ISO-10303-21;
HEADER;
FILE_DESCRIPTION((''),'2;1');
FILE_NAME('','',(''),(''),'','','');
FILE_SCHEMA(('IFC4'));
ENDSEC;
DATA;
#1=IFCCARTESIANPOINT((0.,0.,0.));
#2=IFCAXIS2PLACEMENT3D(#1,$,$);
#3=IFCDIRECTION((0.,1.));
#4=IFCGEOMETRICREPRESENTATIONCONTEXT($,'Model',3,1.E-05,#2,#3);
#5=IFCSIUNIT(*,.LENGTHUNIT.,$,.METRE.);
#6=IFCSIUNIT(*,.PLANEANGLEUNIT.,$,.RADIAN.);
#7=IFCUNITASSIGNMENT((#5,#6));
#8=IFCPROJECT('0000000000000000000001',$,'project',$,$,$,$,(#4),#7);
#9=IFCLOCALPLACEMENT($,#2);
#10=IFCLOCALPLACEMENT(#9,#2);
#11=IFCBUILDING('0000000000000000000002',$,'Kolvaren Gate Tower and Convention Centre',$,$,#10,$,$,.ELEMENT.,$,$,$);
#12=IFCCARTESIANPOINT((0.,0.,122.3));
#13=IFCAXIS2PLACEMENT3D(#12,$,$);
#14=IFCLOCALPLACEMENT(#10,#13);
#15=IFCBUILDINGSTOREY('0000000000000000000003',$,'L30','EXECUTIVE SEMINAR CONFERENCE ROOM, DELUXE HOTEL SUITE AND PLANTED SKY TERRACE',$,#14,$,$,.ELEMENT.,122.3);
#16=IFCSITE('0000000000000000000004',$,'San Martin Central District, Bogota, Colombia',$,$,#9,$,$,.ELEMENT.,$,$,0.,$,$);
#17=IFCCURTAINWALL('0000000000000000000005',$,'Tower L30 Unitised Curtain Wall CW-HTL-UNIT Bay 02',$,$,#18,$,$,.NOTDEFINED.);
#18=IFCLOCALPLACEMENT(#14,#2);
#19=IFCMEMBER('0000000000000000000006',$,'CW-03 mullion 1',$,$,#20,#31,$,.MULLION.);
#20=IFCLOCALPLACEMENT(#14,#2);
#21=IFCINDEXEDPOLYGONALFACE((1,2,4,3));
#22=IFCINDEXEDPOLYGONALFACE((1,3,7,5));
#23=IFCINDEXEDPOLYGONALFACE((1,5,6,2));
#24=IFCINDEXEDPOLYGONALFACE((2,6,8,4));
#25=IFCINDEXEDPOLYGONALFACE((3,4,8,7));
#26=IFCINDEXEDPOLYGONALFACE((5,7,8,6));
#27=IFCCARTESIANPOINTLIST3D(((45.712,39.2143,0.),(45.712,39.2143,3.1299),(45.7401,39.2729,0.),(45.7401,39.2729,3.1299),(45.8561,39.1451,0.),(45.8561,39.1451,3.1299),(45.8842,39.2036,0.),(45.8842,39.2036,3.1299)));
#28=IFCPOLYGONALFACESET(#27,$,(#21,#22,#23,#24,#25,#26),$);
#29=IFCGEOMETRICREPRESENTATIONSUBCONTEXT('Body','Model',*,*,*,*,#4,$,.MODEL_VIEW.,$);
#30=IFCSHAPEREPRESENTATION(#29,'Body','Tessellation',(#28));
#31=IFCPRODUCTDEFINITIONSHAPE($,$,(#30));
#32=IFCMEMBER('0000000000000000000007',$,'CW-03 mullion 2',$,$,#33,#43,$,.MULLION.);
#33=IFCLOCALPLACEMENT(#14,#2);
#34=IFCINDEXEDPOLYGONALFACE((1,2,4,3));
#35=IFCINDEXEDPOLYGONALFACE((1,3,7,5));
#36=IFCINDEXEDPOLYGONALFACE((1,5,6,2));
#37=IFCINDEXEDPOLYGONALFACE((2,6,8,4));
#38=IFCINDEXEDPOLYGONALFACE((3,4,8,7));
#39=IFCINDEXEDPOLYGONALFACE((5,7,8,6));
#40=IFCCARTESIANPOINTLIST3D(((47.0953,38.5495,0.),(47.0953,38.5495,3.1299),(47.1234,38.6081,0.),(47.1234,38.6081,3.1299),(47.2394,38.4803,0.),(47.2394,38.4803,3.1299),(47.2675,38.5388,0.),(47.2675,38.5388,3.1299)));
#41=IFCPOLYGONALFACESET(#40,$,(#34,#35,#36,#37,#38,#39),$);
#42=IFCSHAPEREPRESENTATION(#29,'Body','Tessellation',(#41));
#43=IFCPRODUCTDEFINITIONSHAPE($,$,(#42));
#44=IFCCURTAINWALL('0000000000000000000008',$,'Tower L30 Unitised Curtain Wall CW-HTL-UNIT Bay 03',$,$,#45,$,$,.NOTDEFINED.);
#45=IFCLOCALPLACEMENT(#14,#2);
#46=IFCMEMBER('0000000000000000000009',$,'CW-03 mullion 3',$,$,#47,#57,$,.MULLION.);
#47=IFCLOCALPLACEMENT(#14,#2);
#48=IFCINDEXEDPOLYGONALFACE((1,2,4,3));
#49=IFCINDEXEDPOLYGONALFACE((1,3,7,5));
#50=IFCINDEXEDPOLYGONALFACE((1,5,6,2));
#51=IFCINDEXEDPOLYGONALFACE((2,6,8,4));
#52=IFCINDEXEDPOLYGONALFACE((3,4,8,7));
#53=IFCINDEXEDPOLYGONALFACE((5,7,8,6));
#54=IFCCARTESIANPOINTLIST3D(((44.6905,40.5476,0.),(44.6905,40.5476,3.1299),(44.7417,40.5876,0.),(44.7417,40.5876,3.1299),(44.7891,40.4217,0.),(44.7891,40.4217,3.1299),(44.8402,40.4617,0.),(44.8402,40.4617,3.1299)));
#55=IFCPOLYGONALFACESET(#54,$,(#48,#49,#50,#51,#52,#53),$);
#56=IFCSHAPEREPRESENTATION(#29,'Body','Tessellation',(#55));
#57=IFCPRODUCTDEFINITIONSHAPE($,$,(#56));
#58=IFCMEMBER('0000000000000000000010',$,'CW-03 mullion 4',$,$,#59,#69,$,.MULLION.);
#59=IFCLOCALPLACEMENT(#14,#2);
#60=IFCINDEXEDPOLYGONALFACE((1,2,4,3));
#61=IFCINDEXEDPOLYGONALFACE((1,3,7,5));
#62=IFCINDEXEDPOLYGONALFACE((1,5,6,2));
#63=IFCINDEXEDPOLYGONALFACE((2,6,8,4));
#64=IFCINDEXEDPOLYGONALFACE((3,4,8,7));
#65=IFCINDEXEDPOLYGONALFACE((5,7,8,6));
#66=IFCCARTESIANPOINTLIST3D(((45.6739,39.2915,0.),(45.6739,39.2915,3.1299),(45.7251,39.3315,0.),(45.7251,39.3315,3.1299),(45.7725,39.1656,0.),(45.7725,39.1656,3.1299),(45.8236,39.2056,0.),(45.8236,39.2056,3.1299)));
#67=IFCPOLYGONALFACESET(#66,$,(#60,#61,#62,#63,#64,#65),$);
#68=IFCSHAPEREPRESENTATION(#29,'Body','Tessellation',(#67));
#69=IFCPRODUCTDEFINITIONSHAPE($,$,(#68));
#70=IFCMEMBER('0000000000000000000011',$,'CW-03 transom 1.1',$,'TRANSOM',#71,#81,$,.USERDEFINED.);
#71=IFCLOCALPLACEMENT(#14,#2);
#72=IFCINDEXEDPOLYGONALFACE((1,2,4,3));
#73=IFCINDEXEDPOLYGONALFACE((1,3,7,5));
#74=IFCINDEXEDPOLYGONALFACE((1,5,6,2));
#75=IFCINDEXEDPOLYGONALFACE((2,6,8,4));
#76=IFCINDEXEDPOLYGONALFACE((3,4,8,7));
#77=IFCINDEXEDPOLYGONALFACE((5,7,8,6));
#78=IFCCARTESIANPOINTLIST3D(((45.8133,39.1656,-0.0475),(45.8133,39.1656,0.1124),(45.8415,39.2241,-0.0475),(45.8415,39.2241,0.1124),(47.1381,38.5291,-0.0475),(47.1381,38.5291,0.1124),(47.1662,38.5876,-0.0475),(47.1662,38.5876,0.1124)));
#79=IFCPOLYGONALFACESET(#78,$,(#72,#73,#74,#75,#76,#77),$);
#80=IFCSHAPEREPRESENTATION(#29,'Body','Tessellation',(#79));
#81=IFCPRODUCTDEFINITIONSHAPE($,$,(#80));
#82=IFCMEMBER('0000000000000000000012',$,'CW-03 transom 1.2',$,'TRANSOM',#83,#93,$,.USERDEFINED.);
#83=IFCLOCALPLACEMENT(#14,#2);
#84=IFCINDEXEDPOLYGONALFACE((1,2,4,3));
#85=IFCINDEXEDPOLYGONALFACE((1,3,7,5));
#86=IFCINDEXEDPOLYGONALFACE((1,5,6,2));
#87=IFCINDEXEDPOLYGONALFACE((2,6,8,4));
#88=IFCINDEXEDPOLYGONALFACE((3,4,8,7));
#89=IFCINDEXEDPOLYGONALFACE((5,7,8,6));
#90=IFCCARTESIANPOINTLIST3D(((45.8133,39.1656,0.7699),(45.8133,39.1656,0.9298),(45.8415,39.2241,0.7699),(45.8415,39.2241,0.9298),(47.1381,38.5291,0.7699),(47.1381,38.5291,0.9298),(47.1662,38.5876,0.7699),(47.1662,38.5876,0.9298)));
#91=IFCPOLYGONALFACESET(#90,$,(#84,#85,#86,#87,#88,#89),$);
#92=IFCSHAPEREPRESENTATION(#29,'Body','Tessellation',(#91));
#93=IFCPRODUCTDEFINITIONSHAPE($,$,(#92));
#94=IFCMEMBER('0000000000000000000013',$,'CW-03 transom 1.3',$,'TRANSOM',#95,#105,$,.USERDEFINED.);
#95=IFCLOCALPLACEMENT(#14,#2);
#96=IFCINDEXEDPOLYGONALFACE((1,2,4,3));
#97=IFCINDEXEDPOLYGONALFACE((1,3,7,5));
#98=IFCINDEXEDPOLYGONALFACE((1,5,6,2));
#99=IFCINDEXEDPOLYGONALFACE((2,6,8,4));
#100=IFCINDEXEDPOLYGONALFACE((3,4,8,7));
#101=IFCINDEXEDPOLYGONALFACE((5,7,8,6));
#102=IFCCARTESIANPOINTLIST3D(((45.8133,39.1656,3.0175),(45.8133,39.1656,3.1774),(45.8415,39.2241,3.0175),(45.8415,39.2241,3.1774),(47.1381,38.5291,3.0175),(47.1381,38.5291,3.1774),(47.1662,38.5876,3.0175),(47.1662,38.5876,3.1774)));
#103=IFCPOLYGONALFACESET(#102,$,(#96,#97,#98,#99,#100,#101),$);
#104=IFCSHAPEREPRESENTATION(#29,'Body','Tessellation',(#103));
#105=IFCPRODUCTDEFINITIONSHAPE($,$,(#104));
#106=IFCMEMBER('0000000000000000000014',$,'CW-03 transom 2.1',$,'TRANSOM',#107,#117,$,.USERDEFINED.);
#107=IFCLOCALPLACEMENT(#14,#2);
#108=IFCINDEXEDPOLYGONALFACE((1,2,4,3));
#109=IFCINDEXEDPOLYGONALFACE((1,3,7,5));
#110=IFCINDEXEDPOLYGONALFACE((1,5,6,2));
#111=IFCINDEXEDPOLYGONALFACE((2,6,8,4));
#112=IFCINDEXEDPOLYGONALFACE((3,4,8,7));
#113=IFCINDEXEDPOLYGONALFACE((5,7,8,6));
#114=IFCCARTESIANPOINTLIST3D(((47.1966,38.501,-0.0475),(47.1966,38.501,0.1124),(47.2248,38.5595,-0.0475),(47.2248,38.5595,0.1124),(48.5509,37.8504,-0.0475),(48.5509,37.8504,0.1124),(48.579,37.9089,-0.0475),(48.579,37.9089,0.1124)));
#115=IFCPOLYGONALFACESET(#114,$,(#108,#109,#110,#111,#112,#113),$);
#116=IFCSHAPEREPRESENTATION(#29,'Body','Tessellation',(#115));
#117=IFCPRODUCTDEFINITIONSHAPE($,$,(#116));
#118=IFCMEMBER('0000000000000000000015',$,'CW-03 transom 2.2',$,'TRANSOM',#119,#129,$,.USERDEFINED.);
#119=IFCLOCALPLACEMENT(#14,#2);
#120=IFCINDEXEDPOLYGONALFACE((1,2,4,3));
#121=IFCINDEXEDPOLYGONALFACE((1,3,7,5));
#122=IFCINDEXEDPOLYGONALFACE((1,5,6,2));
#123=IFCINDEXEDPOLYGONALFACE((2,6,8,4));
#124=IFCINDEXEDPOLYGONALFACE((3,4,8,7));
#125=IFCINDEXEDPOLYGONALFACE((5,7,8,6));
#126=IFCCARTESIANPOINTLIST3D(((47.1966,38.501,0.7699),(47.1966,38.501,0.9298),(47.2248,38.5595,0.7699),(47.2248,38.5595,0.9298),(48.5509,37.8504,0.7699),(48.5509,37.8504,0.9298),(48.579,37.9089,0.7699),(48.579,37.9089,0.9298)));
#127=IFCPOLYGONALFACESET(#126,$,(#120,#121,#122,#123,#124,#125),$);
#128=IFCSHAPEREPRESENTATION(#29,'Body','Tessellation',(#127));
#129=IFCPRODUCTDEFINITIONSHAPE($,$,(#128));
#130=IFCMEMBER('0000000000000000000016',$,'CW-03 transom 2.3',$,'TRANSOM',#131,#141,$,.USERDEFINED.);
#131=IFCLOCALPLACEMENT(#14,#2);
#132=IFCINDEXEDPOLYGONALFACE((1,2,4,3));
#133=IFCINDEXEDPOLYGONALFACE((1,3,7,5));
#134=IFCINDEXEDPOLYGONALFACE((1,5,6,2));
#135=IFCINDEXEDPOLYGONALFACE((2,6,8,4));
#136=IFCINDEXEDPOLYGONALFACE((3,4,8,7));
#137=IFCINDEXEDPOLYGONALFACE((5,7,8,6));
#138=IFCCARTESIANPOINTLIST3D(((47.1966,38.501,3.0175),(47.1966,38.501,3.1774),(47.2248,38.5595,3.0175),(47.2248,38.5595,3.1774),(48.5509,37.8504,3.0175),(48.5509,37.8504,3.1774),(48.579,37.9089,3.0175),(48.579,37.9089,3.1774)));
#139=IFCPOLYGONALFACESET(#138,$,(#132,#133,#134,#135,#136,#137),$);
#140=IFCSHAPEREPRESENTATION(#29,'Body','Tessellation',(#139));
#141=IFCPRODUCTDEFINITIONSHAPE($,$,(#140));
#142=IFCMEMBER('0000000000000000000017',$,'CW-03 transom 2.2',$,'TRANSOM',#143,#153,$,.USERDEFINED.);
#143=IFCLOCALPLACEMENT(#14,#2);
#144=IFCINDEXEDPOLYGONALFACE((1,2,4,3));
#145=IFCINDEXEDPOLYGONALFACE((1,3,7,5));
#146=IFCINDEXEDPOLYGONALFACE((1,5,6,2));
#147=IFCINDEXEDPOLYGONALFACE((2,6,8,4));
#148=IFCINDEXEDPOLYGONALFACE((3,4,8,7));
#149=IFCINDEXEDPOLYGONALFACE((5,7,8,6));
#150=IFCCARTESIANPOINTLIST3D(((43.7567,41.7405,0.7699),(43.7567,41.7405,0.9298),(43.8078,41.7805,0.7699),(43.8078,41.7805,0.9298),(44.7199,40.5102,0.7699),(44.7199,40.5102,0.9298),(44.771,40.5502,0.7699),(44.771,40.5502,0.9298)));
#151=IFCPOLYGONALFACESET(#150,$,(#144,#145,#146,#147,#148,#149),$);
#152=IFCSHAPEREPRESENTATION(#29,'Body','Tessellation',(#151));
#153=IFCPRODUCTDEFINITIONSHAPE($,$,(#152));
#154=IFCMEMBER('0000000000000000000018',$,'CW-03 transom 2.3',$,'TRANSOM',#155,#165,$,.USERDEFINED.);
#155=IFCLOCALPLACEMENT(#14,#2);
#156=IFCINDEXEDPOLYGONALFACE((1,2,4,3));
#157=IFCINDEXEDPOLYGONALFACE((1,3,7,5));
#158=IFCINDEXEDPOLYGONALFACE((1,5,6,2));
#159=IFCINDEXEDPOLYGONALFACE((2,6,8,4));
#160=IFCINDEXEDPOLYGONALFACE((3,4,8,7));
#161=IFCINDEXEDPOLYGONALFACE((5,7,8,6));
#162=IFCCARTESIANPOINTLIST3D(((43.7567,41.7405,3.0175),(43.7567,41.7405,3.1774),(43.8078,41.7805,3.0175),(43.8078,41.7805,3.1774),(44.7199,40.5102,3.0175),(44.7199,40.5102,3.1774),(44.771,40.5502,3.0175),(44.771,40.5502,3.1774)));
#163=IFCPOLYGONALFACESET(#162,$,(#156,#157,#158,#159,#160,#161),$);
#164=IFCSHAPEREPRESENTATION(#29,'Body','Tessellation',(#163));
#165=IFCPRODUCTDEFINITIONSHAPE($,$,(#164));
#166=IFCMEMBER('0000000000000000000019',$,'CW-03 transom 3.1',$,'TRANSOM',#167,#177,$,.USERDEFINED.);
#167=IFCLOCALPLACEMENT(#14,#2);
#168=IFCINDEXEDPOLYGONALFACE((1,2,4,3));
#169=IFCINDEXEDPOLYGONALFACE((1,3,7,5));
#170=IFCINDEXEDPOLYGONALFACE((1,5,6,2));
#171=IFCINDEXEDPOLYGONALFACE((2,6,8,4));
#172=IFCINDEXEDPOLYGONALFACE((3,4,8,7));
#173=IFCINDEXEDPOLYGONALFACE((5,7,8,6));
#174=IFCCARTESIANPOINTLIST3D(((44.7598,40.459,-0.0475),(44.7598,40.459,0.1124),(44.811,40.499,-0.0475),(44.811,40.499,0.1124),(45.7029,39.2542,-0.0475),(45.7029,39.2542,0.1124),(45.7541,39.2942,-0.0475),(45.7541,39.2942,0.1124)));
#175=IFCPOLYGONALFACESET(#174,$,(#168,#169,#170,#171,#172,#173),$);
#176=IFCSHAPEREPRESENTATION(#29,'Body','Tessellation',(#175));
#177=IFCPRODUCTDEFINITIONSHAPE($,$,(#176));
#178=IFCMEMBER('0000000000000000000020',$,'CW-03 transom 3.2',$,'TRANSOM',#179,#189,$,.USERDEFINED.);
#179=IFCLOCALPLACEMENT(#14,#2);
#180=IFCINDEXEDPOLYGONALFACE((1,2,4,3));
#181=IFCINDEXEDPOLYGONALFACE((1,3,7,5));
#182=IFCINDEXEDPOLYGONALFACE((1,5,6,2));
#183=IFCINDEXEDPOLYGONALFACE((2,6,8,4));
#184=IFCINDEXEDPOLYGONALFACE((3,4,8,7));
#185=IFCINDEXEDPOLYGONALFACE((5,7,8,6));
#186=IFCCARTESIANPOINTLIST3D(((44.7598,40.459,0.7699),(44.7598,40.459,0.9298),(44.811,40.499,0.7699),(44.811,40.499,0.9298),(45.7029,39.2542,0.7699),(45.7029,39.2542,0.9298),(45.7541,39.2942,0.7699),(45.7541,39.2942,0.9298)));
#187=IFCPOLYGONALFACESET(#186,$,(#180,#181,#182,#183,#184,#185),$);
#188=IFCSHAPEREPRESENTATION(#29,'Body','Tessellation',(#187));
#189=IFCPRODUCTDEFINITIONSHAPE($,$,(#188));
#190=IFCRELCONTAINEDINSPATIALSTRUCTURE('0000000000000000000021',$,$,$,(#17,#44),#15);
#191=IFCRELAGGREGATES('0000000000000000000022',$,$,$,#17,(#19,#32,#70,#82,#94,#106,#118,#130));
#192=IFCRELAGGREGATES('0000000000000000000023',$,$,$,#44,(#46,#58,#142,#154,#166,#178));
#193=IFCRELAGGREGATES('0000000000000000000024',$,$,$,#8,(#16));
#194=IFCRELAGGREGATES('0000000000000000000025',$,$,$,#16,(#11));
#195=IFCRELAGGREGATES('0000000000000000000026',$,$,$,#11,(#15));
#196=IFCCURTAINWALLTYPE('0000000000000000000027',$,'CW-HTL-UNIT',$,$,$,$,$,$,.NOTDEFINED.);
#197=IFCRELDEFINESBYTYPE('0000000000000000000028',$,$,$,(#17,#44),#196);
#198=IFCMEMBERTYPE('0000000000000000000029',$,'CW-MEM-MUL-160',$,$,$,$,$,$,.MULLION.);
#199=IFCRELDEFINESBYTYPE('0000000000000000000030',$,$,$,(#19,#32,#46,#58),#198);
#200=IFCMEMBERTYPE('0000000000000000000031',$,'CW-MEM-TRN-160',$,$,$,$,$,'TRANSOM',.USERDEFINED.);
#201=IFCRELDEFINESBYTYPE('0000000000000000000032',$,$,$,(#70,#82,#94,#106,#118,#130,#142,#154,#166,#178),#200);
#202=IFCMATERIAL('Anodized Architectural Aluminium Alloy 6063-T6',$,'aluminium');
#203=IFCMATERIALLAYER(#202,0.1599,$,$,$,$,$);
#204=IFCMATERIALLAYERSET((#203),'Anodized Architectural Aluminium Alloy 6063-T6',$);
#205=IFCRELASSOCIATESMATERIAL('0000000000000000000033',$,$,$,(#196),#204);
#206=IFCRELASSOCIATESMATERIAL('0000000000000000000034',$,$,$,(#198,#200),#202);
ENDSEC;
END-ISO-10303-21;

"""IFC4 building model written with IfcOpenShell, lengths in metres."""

from ifc_helpers import new_model, si_unit, direction, frame, origin, origin_2d, place, context, subcontext, project, spatial, rectangle, extrude, material, layer, layer_set, material_profile, profile_set, type_object, element, aggregate, save


model = new_model("IFC4")

# Units and contexts
model_context = context("Model", 3, precision=1e-05, world=origin(), true_north=direction((0.0, 1.0)))
body_context = subcontext(model_context, "Body", "Model", "MODEL_VIEW")
ifc_project = project(units=[si_unit("LENGTHUNIT", "METRE"), si_unit("PLANEANGLEUNIT", "RADIAN")], contexts=[model_context])

# Site, building, storey
site_placement = place(None, origin())
site = spatial("IfcSite", under=ifc_project, at=site_placement, Name="San Martin Central District, Bogota, Colombia", CompositionType="ELEMENT", RefElevation=0.0)
building_placement = place(site_placement, origin())
building = spatial("IfcBuilding", under=site, at=building_placement, Name="Kolvaren Gate Tower and Convention Centre", CompositionType="ELEMENT")
storey_placement = place(building_placement, frame((0.0, 0.0, 122.3)))
storey = spatial("IfcBuildingStorey", under=building, at=storey_placement, Name="L30", Description="EXECUTIVE SEMINAR CONFERENCE ROOM, DELUXE HOTEL SUITE AND PLANTED SKY TERRACE", CompositionType="ELEMENT", Elevation=122.3)

# Curtain walls, members
ifc_material_1 = material(Name="Anodized Architectural Aluminium Alloy 6063-T6", Category="aluminium")
ifc_layer_1 = layer(ifc_material_1, 0.1599)
ifc_layer_set_1 = layer_set([ifc_layer_1], Name="Anodized Architectural Aluminium Alloy 6063-T6")
curtain_wall_type = type_object("IfcCurtainWallType", Name="CW-HTL-UNIT", PredefinedType="NOTDEFINED", material=ifc_layer_set_1)
curtain_wall_1_placement = place(storey_placement, origin())
curtain_wall_1 = element("IfcCurtainWall", 1, at=curtain_wall_1_placement, inside=storey, type_object=curtain_wall_type, Name="Tower L30 Unitised Curtain Wall CW-HTL-UNIT Bay 02", PredefinedType="NOTDEFINED")
ifc_material_profile_1 = material_profile(ifc_material_1, rectangle(XDim=0.0649, YDim=0.1599, at=origin_2d()), Name="CW-MEM-MUL-160")
ifc_profile_set_1 = profile_set([ifc_material_profile_1], Name="Anodized Architectural Aluminium Alloy 6063-T6")
member_type_1 = type_object("IfcMemberType", Name="CW-MEM-MUL-160", PredefinedType="MULLION", material=ifc_profile_set_1)
member_1_placement = place(storey_placement, frame((45.7981, 39.209, 0.0), z_axis=(0.0, 0.0, 1.0), x_axis=(0.433071, 0.90136, 0.0)))
member_1 = element("IfcMember", 2, at=member_1_placement, type_object=member_type_1, Name="CW-03 mullion 1", PredefinedType="MULLION", context=body_context, shape_type="SweptSolid", body=[
    extrude(rectangle(XDim=0.0649, YDim=0.1599, at=origin_2d()), origin(), (0.0, 0.0, 1.0), 3.1299),
])
member_2_placement = place(storey_placement, frame((47.1814, 38.5442, 0.0), z_axis=(0.0, 0.0, 1.0), x_axis=(0.433071, 0.90136, 0.0)))
member_2 = element("IfcMember", 3, at=member_2_placement, type_object=member_type_1, Name="CW-03 mullion 2", PredefinedType="MULLION", context=body_context, shape_type="SweptSolid", body=[
    extrude(rectangle(XDim=0.0649, YDim=0.1599, at=origin_2d()), origin(), (0.0, 0.0, 1.0), 3.1299),
])
curtain_wall_2_placement = place(storey_placement, origin())
curtain_wall_2 = element("IfcCurtainWall", 4, at=curtain_wall_2_placement, inside=storey, type_object=curtain_wall_type, Name="Tower L30 Unitised Curtain Wall CW-HTL-UNIT Bay 03", PredefinedType="NOTDEFINED")
member_3_placement = place(storey_placement, frame((44.7654, 40.5046, 0.0), z_axis=(0.0, 0.0, 1.0), x_axis=(0.787413, 0.616426, 0.0)))
member_3 = element("IfcMember", 5, at=member_3_placement, type_object=member_type_1, Name="CW-03 mullion 3", PredefinedType="MULLION", context=body_context, shape_type="SweptSolid", body=[
    extrude(rectangle(XDim=0.0649, YDim=0.1599, at=origin_2d()), origin(), (0.0, 0.0, 1.0), 3.1299),
])
member_4_placement = place(storey_placement, frame((45.7488, 39.2485, 0.0), z_axis=(0.0, 0.0, 1.0), x_axis=(0.787413, 0.616426, 0.0)))
member_4 = element("IfcMember", 6, at=member_4_placement, type_object=member_type_1, Name="CW-03 mullion 4", PredefinedType="MULLION", context=body_context, shape_type="SweptSolid", body=[
    extrude(rectangle(XDim=0.0649, YDim=0.1599, at=origin_2d()), origin(), (0.0, 0.0, 1.0), 3.1299),
])

# Members
ifc_material_profile_2 = material_profile(ifc_material_1, rectangle(XDim=0.0649, YDim=0.1599, at=origin_2d()), Name="CW-MEM-TRN-160")
ifc_profile_set_2 = profile_set([ifc_material_profile_2], Name="Anodized Architectural Aluminium Alloy 6063-T6")
member_type_2 = type_object("IfcMemberType", Name="CW-MEM-TRN-160", ElementType="TRANSOM", PredefinedType="USERDEFINED", material=ifc_profile_set_2)
member_5_placement = place(storey_placement, frame((45.8274, 39.1948, 0.0325), z_axis=(0.90136, -0.433071, 0.0), x_axis=(0.433071, 0.90136, 0.0)))
member_5 = element("IfcMember", 7, at=member_5_placement, type_object=member_type_2, Name="CW-03 transom 1.1", ObjectType="TRANSOM", PredefinedType="USERDEFINED", context=body_context, shape_type="SweptSolid", body=[
    extrude(rectangle(XDim=0.0649, YDim=0.1599, at=origin_2d()), origin(), (0.0, 0.0, 1.0), 1.4697),
])
member_6_placement = place(storey_placement, frame((45.8274, 39.1948, 0.8499), z_axis=(0.90136, -0.433071, 0.0), x_axis=(0.433071, 0.90136, 0.0)))
member_6 = element("IfcMember", 8, at=member_6_placement, type_object=member_type_2, Name="CW-03 transom 1.2", ObjectType="TRANSOM", PredefinedType="USERDEFINED", context=body_context, shape_type="SweptSolid", body=[
    extrude(rectangle(XDim=0.0649, YDim=0.1599, at=origin_2d()), origin(), (0.0, 0.0, 1.0), 1.4697),
])
member_7_placement = place(storey_placement, frame((45.8274, 39.1948, 3.0974), z_axis=(0.90136, -0.433071, 0.0), x_axis=(0.433071, 0.90136, 0.0)))
member_7 = element("IfcMember", 9, at=member_7_placement, type_object=member_type_2, Name="CW-03 transom 1.3", ObjectType="TRANSOM", PredefinedType="USERDEFINED", context=body_context, shape_type="SweptSolid", body=[
    extrude(rectangle(XDim=0.0649, YDim=0.1599, at=origin_2d()), origin(), (0.0, 0.0, 1.0), 1.4697),
])
member_8_placement = place(storey_placement, frame((47.2107, 38.5303, 0.0325), z_axis=(0.901368, -0.433053, 0.0), x_axis=(0.433053, 0.901368, 0.0)))
member_8 = element("IfcMember", 10, at=member_8_placement, type_object=member_type_2, Name="CW-03 transom 2.1", ObjectType="TRANSOM", PredefinedType="USERDEFINED", context=body_context, shape_type="SweptSolid", body=[
    extrude(rectangle(XDim=0.0649, YDim=0.1599, at=origin_2d()), origin(), (0.0, 0.0, 1.0), 1.5024),
])
member_9_placement = place(storey_placement, frame((47.2107, 38.5303, 0.8499), z_axis=(0.901368, -0.433053, 0.0), x_axis=(0.433053, 0.901368, 0.0)))
member_9 = element("IfcMember", 11, at=member_9_placement, type_object=member_type_2, Name="CW-03 transom 2.2", ObjectType="TRANSOM", PredefinedType="USERDEFINED", context=body_context, shape_type="SweptSolid", body=[
    extrude(rectangle(XDim=0.0649, YDim=0.1599, at=origin_2d()), origin(), (0.0, 0.0, 1.0), 1.5024),
])
member_10_placement = place(storey_placement, frame((47.2107, 38.5303, 3.0974), z_axis=(0.901368, -0.433053, 0.0), x_axis=(0.433053, 0.901368, 0.0)))
member_10 = element("IfcMember", 12, at=member_10_placement, type_object=member_type_2, Name="CW-03 transom 2.3", ObjectType="TRANSOM", PredefinedType="USERDEFINED", context=body_context, shape_type="SweptSolid", body=[
    extrude(rectangle(XDim=0.0649, YDim=0.1599, at=origin_2d()), origin(), (0.0, 0.0, 1.0), 1.5024),
])
member_11_placement = place(storey_placement, frame((43.7822, 41.7605, 0.8499), z_axis=(0.616447, -0.787396, 0.0), x_axis=(0.787396, 0.616447, 0.0)))
member_11 = element("IfcMember", 13, at=member_11_placement, type_object=member_type_2, Name="CW-03 transom 2.2", ObjectType="TRANSOM", PredefinedType="USERDEFINED", context=body_context, shape_type="SweptSolid", body=[
    extrude(rectangle(XDim=0.0649, YDim=0.1599, at=origin_2d()), origin(), (0.0, 0.0, 1.0), 1.5625),
])
member_12_placement = place(storey_placement, frame((43.7822, 41.7605, 3.0974), z_axis=(0.616447, -0.787396, 0.0), x_axis=(0.787396, 0.616447, 0.0)))
member_12 = element("IfcMember", 14, at=member_12_placement, type_object=member_type_2, Name="CW-03 transom 2.3", ObjectType="TRANSOM", PredefinedType="USERDEFINED", context=body_context, shape_type="SweptSolid", body=[
    extrude(rectangle(XDim=0.0649, YDim=0.1599, at=origin_2d()), origin(), (0.0, 0.0, 1.0), 1.5625),
])
member_13_placement = place(storey_placement, frame((44.7854, 40.479, 0.0325), z_axis=(0.61639, -0.787441, 0.0), x_axis=(0.787441, 0.61639, 0.0)))
member_13 = element("IfcMember", 15, at=member_13_placement, type_object=member_type_2, Name="CW-03 transom 3.1", ObjectType="TRANSOM", PredefinedType="USERDEFINED", context=body_context, shape_type="SweptSolid", body=[
    extrude(rectangle(XDim=0.0649, YDim=0.1599, at=origin_2d()), origin(), (0.0, 0.0, 1.0), 1.53),
])
member_14_placement = place(storey_placement, frame((44.7854, 40.479, 0.8499), z_axis=(0.61639, -0.787441, 0.0), x_axis=(0.787441, 0.61639, 0.0)))
member_14 = element("IfcMember", 16, at=member_14_placement, type_object=member_type_2, Name="CW-03 transom 3.2", ObjectType="TRANSOM", PredefinedType="USERDEFINED", context=body_context, shape_type="SweptSolid", body=[
    extrude(rectangle(XDim=0.0649, YDim=0.1599, at=origin_2d()), origin(), (0.0, 0.0, 1.0), 1.53),
])

aggregate(curtain_wall_1, [member_1, member_2, member_5, member_6, member_7, member_8, member_9, member_10])
aggregate(curtain_wall_2, [member_3, member_4, member_11, member_12, member_13, member_14])

save(model, "model.ifc")
